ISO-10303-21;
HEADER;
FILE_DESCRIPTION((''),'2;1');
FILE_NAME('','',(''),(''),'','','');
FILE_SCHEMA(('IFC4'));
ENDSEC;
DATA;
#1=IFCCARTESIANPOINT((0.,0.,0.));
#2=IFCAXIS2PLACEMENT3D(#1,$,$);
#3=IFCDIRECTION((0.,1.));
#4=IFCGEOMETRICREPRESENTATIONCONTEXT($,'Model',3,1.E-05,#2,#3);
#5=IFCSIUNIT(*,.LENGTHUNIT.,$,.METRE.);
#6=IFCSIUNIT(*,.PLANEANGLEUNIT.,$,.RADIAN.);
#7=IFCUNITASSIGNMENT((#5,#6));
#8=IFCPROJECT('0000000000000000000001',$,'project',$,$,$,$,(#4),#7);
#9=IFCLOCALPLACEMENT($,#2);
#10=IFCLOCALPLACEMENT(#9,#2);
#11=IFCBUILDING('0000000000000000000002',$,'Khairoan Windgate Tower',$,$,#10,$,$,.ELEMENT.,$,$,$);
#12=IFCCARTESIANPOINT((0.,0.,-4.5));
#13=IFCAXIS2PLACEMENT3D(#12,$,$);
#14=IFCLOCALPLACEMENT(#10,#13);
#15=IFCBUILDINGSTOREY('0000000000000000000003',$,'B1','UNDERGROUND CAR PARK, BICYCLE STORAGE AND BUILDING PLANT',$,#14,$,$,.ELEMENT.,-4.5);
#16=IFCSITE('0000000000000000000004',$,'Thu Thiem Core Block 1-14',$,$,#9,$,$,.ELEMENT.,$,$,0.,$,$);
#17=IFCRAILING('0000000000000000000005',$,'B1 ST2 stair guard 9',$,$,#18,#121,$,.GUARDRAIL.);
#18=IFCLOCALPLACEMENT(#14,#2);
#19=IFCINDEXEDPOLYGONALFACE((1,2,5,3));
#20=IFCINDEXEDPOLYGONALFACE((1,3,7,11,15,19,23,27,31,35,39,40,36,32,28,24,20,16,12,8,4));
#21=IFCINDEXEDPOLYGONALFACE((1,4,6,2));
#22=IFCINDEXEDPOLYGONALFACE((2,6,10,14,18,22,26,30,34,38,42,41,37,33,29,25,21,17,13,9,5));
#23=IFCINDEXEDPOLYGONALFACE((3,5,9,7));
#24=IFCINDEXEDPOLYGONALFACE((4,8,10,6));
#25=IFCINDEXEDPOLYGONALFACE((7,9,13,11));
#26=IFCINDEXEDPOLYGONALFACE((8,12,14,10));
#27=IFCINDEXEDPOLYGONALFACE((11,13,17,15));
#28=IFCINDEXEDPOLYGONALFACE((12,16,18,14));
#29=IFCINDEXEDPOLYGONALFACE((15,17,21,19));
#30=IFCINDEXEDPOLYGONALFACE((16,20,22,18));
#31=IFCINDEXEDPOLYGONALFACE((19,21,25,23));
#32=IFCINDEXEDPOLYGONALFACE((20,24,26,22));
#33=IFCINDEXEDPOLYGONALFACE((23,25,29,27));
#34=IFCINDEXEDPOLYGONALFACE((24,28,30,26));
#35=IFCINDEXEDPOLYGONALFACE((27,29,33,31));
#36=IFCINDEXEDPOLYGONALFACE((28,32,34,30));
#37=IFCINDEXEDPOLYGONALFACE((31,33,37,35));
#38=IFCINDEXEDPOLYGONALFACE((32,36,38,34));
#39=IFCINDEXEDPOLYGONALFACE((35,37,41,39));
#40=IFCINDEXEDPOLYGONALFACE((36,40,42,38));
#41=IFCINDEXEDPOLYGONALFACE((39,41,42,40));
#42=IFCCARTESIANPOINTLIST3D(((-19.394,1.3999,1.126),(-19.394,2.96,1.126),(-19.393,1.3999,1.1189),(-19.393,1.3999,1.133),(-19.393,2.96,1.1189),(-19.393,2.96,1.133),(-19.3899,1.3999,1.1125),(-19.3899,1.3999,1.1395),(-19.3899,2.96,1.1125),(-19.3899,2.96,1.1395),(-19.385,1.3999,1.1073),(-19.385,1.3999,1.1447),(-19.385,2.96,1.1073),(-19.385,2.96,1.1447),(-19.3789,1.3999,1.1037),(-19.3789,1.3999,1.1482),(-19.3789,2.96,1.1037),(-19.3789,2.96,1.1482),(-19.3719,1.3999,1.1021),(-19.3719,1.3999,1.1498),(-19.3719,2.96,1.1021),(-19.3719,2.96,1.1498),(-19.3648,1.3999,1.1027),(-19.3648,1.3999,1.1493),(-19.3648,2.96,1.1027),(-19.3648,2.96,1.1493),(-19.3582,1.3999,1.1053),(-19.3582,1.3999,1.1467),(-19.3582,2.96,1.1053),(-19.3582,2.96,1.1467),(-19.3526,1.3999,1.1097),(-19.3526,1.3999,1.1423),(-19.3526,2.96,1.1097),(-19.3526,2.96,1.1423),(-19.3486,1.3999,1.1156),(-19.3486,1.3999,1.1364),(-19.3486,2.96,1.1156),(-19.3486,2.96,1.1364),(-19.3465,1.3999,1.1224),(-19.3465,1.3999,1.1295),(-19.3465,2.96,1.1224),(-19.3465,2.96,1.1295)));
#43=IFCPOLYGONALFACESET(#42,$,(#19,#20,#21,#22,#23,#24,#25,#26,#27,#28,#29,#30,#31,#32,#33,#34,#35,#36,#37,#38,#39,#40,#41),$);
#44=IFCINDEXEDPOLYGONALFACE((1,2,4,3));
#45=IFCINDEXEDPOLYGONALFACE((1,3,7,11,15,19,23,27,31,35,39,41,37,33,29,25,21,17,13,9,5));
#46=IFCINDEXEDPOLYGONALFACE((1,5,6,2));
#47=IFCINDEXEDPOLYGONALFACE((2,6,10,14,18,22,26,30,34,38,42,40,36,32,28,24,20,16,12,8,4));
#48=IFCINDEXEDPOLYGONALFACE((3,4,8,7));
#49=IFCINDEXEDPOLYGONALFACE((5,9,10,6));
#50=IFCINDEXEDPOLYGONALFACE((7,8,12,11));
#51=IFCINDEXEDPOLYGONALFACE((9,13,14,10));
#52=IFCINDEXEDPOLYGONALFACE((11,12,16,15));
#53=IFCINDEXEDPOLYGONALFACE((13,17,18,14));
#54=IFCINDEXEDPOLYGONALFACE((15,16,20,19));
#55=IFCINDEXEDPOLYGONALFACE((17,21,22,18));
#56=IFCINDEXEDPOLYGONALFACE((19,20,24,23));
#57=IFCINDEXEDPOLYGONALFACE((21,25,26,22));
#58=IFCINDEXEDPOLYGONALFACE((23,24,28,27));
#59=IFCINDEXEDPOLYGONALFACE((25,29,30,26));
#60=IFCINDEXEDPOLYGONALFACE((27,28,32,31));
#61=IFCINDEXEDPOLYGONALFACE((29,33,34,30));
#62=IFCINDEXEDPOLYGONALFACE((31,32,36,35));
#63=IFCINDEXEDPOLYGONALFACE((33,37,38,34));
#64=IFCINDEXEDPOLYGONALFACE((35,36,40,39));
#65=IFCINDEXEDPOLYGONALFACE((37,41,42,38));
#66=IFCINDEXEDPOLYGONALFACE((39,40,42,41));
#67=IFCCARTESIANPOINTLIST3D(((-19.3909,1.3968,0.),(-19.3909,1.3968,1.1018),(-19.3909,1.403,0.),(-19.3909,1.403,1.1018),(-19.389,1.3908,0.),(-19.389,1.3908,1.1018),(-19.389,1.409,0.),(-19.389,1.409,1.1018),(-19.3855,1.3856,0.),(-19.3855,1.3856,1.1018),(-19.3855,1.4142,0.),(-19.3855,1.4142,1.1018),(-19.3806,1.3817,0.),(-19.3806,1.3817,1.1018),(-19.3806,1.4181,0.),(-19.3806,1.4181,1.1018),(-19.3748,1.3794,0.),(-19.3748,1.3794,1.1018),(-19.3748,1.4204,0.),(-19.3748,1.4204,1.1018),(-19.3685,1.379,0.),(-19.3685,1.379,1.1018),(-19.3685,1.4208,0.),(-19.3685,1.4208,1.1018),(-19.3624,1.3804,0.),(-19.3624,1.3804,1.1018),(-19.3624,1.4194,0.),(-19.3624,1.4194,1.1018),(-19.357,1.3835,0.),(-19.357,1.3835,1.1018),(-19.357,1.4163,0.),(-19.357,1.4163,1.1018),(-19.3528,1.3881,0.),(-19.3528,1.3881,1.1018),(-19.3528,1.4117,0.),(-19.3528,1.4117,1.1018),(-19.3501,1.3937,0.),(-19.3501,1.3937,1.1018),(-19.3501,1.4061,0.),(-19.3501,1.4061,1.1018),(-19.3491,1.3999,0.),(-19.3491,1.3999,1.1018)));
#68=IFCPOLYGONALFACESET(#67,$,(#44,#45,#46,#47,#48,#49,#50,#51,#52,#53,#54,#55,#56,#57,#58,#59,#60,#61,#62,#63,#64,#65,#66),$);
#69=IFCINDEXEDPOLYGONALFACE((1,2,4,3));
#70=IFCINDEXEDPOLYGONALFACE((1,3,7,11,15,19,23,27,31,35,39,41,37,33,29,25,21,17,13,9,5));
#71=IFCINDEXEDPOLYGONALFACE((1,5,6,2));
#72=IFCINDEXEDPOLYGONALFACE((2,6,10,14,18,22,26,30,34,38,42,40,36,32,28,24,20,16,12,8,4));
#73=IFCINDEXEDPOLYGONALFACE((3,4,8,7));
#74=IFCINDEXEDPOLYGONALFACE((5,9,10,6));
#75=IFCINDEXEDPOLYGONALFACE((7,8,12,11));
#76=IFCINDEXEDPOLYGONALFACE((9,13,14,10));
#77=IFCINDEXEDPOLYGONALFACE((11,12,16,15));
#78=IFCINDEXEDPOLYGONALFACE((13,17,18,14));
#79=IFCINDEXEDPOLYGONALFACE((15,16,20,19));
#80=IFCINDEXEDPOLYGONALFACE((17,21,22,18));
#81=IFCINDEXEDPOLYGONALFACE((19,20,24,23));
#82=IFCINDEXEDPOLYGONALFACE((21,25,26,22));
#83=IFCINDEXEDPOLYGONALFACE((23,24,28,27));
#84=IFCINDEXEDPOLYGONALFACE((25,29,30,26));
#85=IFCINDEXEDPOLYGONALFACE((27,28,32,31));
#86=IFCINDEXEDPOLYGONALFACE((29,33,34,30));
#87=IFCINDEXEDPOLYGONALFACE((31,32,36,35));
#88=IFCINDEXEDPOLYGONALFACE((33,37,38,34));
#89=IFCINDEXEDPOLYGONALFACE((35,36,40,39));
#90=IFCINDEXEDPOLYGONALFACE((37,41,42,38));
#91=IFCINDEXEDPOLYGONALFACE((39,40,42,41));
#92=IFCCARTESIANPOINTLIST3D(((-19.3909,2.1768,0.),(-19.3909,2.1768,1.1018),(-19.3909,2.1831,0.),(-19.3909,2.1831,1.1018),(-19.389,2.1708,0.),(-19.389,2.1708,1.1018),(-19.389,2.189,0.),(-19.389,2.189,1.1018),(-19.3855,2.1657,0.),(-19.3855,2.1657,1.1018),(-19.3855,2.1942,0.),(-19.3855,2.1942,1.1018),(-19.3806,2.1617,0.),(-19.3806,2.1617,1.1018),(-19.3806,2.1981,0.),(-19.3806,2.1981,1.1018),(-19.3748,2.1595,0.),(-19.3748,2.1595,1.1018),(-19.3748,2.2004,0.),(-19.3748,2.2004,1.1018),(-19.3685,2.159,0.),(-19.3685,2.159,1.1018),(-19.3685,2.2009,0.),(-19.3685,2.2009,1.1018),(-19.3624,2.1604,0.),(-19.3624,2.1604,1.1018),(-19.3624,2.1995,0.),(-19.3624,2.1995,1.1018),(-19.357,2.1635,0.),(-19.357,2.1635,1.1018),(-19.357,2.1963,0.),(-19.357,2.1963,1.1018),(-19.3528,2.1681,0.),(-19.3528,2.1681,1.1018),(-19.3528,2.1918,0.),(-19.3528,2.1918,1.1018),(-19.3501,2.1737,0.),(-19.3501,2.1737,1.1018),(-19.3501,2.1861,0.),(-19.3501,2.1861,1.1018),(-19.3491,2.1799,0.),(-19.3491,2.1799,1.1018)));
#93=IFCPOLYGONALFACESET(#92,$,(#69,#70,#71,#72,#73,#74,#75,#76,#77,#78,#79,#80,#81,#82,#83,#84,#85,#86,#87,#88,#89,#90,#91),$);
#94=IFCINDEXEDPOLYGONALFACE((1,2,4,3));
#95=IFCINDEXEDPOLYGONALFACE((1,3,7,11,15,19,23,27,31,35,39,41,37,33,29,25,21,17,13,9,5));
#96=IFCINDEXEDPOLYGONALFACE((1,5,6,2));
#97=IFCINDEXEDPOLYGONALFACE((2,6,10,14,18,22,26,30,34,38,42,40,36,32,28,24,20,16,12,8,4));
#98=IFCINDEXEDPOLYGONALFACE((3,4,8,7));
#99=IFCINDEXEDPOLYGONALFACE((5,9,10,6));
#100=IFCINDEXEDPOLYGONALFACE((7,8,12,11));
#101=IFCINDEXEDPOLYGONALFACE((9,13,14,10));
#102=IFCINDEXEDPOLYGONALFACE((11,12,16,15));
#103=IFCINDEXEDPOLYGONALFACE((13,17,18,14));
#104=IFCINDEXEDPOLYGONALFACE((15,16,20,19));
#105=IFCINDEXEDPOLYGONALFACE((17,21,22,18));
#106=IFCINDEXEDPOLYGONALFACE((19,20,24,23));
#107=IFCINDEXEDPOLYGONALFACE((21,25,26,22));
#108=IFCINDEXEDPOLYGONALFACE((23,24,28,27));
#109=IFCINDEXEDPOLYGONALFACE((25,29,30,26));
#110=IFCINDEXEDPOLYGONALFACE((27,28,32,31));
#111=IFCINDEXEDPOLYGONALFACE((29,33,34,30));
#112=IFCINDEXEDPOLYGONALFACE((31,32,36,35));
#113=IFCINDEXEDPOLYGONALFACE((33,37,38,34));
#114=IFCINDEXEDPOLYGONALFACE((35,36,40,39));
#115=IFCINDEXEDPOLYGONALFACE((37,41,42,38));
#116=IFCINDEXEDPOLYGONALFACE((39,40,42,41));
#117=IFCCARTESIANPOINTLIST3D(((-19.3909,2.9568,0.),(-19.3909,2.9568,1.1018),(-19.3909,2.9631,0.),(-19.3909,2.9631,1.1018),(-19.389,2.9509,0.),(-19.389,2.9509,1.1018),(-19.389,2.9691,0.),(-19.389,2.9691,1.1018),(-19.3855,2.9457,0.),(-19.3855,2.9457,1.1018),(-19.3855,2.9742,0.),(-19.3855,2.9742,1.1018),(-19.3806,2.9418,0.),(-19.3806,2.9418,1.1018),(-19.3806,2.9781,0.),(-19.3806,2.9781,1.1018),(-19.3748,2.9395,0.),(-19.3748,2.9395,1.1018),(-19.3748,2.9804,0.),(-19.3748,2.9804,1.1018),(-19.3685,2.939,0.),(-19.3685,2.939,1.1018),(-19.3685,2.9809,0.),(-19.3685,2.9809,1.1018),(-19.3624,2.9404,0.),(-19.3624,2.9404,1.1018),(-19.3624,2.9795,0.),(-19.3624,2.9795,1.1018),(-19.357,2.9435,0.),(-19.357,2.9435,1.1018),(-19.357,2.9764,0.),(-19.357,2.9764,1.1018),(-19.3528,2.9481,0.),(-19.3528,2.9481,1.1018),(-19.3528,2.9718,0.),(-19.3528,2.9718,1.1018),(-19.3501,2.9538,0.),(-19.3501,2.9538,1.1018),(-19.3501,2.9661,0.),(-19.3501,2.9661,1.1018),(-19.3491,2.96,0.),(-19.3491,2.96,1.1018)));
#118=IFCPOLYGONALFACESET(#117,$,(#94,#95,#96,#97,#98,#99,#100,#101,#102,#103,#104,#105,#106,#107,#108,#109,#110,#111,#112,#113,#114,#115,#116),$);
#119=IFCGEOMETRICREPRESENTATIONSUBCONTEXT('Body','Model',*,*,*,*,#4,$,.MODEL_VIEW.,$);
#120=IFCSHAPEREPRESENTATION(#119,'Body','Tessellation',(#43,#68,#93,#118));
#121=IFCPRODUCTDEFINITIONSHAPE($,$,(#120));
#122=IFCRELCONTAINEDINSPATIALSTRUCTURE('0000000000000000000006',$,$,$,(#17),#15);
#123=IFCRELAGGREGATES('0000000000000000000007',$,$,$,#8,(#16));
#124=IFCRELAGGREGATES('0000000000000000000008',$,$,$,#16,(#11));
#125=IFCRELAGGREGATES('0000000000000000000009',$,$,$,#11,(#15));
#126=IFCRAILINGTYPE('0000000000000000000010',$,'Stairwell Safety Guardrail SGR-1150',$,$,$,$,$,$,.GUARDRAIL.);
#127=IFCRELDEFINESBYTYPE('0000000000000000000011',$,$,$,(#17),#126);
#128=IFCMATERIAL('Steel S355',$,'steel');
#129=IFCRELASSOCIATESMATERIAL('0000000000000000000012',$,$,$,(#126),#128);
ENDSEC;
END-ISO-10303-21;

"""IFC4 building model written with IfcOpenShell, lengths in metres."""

from ifc_helpers import new_model, si_unit, direction, frame, origin, origin_2d, place, context, subcontext, project, spatial, circle, extrude, material, type_object, element, save


model = new_model("IFC4")

# Units and contexts
model_context = context("Model", 3, precision=1e-05, world=origin(), true_north=direction((0.0, 1.0)))
body_context = subcontext(model_context, "Body", "Model", "MODEL_VIEW")
ifc_project = project(units=[si_unit("LENGTHUNIT", "METRE"), si_unit("PLANEANGLEUNIT", "RADIAN")], contexts=[model_context])

# Site, building, storey
site_placement = place(None, origin())
site = spatial("IfcSite", under=ifc_project, at=site_placement, Name="Thu Thiem Core Block 1-14", CompositionType="ELEMENT", RefElevation=0.0)
building_placement = place(site_placement, origin())
building = spatial("IfcBuilding", under=site, at=building_placement, Name="Khairoan Windgate Tower", CompositionType="ELEMENT")
storey_placement = place(building_placement, frame((0.0, 0.0, -4.5)))
storey = spatial("IfcBuildingStorey", under=building, at=storey_placement, Name="B1", Description="UNDERGROUND CAR PARK, BICYCLE STORAGE AND BUILDING PLANT", CompositionType="ELEMENT", Elevation=-4.5)

# Railing
ifc_material_1 = material(Name="Steel S355", Category="steel")
railing_type_1 = type_object("IfcRailingType", Name="Stairwell Safety Guardrail SGR-1150", PredefinedType="GUARDRAIL", material=ifc_material_1)
for number, where, name in (
    (1, (-19.3701, 1.3999, 0.0), "B1 ST2 stair guard 9"),
):
    element("IfcRailing", number, at=place(storey_placement, frame(where)), inside=storey, type_object=railing_type_1, Name=name, PredefinedType="GUARDRAIL", context=body_context, shape_type="SweptSolid", body=[
        extrude(circle(Radius=0.0239, at=origin_2d()), frame((0.0, 0.0, 1.126), z_axis=(0.0, 1.0, 0.0), x_axis=(-1.0, 0.0, 0.0)), (0.0, 0.0, 1.0), 1.5601),
        extrude(circle(Radius=0.021, at=origin_2d()), origin(), (0.0, 0.0, 1.0), 1.1018),
        extrude(circle(Radius=0.021, at=origin_2d()), frame((0.0, 0.78, 0.0)), (0.0, 0.0, 1.0), 1.1018),
        extrude(circle(Radius=0.021, at=origin_2d()), frame((0.0, 1.5601, 0.0)), (0.0, 0.0, 1.0), 1.1018),
    ])

save(model, "model.ifc")
